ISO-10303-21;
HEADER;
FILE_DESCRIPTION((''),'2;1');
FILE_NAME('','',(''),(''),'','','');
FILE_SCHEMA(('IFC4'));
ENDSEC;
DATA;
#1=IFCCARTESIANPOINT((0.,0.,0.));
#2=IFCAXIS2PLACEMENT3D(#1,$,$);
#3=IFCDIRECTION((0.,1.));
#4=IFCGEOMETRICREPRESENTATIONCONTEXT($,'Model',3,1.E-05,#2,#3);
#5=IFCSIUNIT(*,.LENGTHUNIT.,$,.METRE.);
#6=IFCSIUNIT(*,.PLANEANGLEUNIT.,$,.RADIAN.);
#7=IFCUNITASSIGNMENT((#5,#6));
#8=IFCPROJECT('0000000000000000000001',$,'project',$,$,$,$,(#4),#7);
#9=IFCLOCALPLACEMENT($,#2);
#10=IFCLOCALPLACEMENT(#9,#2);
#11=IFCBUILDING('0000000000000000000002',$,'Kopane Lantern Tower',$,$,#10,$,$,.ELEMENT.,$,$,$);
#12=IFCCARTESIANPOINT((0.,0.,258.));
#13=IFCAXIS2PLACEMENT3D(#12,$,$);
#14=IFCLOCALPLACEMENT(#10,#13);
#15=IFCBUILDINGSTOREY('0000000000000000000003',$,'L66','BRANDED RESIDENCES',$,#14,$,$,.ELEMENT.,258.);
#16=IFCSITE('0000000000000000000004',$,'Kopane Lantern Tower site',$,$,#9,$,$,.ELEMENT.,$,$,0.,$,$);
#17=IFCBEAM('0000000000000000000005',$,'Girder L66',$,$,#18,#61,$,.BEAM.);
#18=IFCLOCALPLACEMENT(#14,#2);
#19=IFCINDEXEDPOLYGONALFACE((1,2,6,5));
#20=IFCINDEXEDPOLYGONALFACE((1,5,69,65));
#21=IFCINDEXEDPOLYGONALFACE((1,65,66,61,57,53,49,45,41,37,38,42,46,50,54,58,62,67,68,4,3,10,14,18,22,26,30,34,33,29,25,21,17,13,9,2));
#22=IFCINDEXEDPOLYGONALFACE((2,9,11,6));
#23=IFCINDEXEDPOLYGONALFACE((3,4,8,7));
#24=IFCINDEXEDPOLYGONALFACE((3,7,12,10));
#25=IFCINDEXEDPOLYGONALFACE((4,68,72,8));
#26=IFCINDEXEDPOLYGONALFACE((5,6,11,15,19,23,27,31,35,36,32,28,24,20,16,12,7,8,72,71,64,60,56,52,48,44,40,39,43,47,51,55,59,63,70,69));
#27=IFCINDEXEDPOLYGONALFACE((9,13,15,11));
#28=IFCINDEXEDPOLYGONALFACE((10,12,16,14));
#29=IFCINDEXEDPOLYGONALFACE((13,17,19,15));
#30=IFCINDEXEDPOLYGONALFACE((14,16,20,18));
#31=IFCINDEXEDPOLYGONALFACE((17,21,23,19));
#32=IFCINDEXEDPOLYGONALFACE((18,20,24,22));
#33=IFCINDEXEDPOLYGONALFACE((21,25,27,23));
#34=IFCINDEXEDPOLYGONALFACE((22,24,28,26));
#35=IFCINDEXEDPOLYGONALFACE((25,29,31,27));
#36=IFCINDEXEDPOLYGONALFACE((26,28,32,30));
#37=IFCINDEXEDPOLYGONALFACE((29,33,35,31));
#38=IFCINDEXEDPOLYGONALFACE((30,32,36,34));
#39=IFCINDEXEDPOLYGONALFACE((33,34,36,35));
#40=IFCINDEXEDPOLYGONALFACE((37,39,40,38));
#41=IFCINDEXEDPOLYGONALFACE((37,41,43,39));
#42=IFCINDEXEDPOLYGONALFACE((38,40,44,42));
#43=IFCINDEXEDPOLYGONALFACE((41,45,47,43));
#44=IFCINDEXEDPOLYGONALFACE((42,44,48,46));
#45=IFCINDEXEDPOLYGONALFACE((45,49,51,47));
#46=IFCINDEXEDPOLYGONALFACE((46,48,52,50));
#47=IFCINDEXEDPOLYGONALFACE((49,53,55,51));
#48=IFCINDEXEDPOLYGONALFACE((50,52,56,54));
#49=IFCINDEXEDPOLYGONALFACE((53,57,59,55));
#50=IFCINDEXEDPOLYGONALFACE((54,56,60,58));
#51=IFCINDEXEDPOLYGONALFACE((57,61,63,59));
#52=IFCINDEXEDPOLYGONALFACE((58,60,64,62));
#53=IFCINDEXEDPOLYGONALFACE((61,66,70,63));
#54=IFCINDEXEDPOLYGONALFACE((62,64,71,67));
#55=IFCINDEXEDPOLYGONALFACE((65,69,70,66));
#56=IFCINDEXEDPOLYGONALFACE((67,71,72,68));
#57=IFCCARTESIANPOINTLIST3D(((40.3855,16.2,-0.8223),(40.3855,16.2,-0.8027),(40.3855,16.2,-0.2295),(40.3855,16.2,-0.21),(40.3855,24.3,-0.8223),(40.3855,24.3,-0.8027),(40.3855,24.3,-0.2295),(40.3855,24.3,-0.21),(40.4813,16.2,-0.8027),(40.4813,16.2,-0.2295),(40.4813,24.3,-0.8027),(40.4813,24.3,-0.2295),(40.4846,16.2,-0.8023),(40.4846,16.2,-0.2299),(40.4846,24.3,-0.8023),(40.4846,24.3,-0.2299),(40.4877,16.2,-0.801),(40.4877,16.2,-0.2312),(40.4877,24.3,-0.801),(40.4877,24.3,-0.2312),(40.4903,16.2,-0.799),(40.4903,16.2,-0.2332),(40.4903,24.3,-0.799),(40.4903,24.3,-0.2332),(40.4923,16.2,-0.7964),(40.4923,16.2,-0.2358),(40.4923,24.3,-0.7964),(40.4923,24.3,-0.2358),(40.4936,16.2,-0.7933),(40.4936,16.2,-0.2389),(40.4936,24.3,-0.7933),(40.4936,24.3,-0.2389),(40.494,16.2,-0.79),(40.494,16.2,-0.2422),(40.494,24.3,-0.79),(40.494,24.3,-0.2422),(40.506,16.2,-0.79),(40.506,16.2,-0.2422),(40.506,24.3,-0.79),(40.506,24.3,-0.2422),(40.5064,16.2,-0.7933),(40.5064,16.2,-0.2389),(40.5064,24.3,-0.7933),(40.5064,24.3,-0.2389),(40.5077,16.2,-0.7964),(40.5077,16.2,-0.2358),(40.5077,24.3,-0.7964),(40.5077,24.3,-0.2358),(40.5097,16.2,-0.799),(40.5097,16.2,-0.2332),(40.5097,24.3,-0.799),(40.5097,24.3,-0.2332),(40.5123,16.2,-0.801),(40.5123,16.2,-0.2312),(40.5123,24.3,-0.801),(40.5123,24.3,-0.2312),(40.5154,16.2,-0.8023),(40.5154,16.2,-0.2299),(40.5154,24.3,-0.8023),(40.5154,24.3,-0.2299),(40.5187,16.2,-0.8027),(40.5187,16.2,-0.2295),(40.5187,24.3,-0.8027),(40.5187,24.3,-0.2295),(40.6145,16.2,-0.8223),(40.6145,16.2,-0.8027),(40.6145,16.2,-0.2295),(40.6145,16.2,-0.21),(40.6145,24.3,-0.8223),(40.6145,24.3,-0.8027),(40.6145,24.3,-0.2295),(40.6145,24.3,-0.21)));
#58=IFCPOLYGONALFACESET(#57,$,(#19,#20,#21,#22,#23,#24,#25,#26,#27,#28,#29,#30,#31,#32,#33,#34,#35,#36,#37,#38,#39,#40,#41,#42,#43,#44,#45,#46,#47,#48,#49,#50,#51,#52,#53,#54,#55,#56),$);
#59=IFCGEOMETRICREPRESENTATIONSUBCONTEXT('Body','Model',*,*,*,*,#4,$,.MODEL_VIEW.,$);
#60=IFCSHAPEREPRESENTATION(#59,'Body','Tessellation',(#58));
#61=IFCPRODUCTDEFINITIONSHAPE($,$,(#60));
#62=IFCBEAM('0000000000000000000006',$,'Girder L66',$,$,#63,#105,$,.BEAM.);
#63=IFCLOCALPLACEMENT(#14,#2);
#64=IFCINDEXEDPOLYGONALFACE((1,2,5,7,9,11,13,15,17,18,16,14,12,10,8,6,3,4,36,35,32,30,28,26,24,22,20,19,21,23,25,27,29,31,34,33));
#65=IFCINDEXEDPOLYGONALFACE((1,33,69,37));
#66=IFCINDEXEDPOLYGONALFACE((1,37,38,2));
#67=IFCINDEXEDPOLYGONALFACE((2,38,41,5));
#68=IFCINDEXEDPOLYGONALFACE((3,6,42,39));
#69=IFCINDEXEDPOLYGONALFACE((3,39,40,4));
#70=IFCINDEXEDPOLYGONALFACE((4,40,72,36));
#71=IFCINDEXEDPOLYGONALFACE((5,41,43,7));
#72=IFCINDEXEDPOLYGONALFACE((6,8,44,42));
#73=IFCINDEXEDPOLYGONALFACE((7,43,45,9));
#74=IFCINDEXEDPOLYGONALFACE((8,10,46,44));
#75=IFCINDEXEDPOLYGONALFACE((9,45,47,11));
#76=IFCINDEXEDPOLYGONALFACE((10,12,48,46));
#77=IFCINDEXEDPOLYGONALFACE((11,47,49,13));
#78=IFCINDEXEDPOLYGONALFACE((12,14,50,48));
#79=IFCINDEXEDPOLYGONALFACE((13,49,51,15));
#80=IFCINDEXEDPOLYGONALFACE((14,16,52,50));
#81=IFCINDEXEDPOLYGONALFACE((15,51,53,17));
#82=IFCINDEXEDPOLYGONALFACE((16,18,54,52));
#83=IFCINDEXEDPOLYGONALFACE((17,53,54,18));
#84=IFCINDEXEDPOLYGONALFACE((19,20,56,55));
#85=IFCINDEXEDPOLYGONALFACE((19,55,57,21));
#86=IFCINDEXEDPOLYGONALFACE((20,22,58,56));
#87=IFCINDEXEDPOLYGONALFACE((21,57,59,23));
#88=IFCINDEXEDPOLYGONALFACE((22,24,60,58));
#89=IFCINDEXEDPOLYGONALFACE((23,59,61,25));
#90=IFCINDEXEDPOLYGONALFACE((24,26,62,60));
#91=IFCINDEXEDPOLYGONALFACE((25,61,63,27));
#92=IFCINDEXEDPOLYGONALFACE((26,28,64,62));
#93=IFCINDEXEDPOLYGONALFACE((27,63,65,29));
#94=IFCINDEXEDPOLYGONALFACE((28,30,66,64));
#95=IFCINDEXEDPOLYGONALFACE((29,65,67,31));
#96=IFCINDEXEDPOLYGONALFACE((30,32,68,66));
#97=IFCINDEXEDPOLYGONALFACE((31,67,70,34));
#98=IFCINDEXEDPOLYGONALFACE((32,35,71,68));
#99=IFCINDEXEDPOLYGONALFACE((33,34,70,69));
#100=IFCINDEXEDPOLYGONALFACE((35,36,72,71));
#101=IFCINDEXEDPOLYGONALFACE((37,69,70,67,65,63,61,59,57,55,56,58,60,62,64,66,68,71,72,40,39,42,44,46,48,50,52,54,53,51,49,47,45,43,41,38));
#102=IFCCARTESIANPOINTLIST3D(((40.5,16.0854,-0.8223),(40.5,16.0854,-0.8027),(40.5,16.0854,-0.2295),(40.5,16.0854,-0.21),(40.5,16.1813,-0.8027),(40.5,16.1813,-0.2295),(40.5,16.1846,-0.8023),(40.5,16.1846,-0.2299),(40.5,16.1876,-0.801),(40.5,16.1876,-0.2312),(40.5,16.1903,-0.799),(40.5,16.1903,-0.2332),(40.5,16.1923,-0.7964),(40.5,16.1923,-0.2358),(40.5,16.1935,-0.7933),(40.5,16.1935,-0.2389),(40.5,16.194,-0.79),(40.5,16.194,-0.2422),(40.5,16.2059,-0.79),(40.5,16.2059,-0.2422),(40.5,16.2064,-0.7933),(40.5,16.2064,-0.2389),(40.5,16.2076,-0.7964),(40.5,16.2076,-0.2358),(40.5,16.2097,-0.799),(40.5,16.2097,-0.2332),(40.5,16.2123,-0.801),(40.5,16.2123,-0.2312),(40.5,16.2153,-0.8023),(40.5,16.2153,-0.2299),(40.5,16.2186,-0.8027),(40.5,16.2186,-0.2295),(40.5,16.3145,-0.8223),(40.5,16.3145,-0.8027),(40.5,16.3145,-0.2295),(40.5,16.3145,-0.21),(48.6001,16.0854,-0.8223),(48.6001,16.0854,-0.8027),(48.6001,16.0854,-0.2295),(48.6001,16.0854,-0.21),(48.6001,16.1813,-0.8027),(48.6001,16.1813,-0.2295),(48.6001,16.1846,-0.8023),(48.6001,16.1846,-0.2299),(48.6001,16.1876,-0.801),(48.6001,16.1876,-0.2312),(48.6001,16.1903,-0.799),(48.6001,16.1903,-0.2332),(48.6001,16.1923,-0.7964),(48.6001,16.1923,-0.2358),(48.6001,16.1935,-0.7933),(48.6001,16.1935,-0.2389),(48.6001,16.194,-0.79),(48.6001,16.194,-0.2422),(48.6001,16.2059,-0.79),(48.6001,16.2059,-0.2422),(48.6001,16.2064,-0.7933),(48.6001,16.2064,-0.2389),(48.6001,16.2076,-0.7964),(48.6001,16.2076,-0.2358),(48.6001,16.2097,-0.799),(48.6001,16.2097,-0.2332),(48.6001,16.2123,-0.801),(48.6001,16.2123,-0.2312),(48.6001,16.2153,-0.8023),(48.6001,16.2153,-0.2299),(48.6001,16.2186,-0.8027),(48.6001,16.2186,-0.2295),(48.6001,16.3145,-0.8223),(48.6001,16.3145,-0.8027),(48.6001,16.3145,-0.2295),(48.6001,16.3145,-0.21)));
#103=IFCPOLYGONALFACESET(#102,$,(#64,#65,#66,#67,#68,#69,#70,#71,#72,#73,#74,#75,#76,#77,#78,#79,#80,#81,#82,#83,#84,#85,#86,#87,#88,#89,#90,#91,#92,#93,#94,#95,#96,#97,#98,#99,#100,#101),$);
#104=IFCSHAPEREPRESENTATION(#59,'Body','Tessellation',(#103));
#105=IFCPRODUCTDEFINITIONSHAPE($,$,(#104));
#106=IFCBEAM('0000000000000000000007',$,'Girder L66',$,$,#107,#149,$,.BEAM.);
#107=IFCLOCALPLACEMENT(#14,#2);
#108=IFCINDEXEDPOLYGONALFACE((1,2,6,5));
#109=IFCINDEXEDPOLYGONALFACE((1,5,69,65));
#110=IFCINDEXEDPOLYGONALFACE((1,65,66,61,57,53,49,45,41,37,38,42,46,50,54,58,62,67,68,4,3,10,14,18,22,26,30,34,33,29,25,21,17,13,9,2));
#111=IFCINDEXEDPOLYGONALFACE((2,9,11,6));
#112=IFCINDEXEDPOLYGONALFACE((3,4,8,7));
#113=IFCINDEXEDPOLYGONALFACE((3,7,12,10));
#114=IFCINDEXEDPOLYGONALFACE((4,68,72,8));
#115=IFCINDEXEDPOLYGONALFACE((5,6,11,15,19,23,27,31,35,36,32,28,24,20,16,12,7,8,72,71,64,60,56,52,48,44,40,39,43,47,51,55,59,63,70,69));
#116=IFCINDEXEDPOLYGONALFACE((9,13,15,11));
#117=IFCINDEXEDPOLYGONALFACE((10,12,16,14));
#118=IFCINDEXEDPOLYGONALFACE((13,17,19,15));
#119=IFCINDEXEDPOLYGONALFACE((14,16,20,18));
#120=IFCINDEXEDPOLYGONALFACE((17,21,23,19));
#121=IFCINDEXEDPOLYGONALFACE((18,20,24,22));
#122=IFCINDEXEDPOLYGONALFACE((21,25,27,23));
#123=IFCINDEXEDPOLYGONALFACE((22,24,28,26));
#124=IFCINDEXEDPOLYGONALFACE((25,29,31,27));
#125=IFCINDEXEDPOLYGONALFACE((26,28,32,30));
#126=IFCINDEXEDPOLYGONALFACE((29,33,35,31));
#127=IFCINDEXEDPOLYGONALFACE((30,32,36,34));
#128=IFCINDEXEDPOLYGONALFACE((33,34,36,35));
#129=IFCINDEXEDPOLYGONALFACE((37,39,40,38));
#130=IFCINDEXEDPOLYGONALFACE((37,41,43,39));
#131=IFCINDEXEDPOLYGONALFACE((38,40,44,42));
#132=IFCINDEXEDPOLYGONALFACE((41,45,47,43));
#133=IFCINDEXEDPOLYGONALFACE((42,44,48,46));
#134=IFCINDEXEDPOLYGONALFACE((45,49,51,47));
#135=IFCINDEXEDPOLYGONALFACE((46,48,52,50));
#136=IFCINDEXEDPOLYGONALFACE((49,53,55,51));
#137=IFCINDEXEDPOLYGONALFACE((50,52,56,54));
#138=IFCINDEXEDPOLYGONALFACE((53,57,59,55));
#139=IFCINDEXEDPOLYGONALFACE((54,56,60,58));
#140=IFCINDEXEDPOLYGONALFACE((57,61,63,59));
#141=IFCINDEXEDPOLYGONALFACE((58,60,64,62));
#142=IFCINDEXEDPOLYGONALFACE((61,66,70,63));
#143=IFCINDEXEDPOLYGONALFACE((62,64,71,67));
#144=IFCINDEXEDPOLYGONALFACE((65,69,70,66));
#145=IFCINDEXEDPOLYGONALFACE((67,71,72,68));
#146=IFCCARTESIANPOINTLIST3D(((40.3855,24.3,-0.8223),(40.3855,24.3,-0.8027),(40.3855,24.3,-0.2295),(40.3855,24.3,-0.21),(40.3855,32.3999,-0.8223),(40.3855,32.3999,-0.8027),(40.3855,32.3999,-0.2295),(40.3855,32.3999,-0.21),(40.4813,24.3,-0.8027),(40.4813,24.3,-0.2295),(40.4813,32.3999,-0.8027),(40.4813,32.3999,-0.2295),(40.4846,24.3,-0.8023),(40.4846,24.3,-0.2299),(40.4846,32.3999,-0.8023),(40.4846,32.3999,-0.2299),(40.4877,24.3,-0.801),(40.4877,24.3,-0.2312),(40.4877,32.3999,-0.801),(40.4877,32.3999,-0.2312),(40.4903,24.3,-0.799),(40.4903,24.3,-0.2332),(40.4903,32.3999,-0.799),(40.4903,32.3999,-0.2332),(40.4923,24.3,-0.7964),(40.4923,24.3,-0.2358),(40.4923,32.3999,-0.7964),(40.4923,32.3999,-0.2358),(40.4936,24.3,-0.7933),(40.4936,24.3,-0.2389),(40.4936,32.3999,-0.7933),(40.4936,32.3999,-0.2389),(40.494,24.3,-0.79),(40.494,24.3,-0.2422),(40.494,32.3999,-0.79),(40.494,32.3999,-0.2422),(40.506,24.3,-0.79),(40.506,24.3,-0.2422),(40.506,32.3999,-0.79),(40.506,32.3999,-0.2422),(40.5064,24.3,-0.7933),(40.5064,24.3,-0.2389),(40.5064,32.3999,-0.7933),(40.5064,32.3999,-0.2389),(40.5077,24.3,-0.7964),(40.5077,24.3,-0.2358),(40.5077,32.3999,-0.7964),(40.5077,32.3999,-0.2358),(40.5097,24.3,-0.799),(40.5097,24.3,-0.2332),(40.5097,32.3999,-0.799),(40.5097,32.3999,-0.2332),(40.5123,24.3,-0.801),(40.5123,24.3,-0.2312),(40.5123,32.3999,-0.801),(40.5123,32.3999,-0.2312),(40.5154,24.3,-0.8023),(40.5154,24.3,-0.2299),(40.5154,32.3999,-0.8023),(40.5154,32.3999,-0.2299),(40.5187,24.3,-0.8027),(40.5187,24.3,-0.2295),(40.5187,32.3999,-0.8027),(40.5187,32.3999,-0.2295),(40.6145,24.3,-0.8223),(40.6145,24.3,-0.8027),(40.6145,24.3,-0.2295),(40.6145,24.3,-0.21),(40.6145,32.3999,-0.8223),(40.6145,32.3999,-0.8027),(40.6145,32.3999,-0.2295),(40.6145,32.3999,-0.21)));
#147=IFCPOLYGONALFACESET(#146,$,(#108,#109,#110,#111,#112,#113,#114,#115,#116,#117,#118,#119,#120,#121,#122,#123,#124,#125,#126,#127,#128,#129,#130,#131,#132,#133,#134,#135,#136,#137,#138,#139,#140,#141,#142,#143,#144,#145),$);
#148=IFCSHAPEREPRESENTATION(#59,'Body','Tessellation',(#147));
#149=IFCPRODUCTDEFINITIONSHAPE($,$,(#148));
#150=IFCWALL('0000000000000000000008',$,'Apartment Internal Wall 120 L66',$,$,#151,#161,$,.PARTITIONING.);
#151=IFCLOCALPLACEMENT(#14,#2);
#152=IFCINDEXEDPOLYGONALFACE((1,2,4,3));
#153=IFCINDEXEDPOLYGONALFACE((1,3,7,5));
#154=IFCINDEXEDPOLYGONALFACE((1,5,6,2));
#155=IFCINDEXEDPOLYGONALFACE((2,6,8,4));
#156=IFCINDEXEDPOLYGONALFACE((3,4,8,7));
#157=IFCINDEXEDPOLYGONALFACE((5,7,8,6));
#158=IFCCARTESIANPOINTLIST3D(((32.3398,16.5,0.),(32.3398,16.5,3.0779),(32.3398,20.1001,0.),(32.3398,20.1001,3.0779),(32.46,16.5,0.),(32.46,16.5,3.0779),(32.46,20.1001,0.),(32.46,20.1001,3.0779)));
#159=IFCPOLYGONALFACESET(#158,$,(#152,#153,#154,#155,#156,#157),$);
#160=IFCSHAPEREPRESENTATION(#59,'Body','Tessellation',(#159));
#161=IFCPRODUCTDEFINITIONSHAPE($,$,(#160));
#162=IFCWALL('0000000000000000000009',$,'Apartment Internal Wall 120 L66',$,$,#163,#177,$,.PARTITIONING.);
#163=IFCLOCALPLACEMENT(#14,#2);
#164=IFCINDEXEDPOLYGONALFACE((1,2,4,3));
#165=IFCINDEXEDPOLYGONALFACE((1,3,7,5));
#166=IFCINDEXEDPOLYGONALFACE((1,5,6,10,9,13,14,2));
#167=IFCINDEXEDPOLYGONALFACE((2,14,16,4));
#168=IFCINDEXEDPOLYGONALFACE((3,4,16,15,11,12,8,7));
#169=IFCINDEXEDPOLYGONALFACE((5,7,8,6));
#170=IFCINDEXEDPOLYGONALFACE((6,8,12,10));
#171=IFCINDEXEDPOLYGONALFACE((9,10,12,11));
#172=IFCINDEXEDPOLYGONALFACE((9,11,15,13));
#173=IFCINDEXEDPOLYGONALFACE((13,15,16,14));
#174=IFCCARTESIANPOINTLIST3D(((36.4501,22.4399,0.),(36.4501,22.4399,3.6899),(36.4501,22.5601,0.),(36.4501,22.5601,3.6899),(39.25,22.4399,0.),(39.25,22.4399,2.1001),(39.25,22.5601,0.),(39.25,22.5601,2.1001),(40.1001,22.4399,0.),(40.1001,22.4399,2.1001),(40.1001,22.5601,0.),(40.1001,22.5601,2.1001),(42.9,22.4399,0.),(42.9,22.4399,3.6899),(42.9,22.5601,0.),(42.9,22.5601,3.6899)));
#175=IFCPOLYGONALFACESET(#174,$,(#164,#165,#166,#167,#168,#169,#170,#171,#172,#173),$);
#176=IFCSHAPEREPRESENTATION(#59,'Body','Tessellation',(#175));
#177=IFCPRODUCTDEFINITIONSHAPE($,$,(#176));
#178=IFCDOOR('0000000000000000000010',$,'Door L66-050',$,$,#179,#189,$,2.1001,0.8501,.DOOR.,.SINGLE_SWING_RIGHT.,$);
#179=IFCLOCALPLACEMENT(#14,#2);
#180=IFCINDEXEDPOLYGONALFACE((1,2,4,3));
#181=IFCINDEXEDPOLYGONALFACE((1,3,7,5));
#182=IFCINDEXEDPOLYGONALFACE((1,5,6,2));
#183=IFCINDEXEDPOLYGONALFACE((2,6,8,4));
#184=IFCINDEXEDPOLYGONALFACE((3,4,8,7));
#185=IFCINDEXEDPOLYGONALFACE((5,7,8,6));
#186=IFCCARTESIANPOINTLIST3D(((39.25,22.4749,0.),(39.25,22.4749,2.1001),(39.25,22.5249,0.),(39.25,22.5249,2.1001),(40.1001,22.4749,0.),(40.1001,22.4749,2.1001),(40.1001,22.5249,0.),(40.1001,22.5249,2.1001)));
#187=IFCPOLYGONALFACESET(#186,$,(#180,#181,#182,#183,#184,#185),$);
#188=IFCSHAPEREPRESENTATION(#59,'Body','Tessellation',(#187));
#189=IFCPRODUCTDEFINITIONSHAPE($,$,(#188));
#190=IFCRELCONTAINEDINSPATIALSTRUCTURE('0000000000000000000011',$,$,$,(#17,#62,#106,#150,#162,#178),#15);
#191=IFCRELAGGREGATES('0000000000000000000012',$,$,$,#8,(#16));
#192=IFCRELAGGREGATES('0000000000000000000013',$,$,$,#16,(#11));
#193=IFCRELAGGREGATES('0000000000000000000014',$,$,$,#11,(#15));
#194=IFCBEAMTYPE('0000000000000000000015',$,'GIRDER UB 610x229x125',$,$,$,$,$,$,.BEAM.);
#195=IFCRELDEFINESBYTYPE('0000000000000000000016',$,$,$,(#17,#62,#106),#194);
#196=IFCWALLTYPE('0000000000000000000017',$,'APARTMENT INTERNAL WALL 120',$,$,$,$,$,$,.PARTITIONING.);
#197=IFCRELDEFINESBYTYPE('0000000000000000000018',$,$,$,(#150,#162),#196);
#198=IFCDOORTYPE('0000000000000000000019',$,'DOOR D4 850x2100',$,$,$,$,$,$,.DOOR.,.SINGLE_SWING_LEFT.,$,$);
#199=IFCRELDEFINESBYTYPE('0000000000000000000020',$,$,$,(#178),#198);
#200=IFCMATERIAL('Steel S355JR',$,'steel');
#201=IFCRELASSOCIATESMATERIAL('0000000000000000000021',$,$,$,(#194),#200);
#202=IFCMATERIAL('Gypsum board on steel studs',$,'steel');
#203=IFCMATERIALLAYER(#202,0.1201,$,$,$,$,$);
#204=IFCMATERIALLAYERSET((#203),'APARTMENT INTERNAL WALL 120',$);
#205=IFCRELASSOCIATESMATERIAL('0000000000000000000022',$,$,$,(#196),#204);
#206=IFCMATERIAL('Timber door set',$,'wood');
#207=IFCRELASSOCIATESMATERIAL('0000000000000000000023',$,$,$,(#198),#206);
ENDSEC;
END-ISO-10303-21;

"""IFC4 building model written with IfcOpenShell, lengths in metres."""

from ifc_helpers import new_model, si_unit, direction, frame, frame_2d, origin, origin_2d, place, context, subcontext, project, spatial, rectangle, i_section, extrude, material, layer, layer_set, material_profile, profile_set, type_object, element, fill, save


model = new_model("IFC4")

# Units and contexts
model_context = context("Model", 3, precision=1e-05, world=origin(), true_north=direction((0.0, 1.0)))
body_context = subcontext(model_context, "Body", "Model", "MODEL_VIEW")
ifc_project = project(units=[si_unit("LENGTHUNIT", "METRE"), si_unit("PLANEANGLEUNIT", "RADIAN")], contexts=[model_context])

# Site, building, storey
site_placement = place(None, origin())
site = spatial("IfcSite", under=ifc_project, at=site_placement, Name="Kopane Lantern Tower site", CompositionType="ELEMENT", RefElevation=0.0)
building_placement = place(site_placement, origin())
building = spatial("IfcBuilding", under=site, at=building_placement, Name="Kopane Lantern Tower", CompositionType="ELEMENT")
storey_placement = place(building_placement, frame((0.0, 0.0, 258.0)))
storey = spatial("IfcBuildingStorey", under=building, at=storey_placement, Name="L66", Description="BRANDED RESIDENCES", CompositionType="ELEMENT", Elevation=258.0)

# Beams
ifc_material_1 = material(Name="Steel S355JR", Category="steel")
ifc_material_profile_1 = material_profile(ifc_material_1, i_section(OverallWidth=0.229, OverallDepth=0.6123, WebThickness=0.012, FlangeThickness=0.0195, FilletRadius=0.0127, at=origin_2d()), Name="UB 610x229x125")
ifc_profile_set_1 = profile_set([ifc_material_profile_1], Name="Steel S355JR")
beam_type_1 = type_object("IfcBeamType", Name="GIRDER UB 610x229x125", PredefinedType="BEAM", material=ifc_profile_set_1)
for number, where, z_axis, x_axis, name in (
    (1, (40.5, 16.2, -0.5161), (0.0, 1.0, 0.0), (-1.0, 0.0, 0.0), "Girder L66"),
    (2, (40.5, 16.2, -0.5161), (1.0, 0.0, 0.0), (0.0, 1.0, 0.0), "Girder L66"),
):
    element("IfcBeam", number, at=place(storey_placement, frame(where, z_axis=z_axis, x_axis=x_axis)), inside=storey, type_object=beam_type_1, Name=name, PredefinedType="BEAM", context=body_context, shape_type="SweptSolid", body=[
        extrude(i_section(OverallWidth=0.229, OverallDepth=0.6123, WebThickness=0.012, FlangeThickness=0.0195, FilletRadius=0.0127, at=origin_2d()), origin(), (0.0, 0.0, 1.0), 8.1001),
    ])
beam_1_placement = place(storey_placement, frame((40.5, 24.3, -0.5161), z_axis=(0.0, 1.0, 0.0), x_axis=(-1.0, 0.0, 0.0)))
element("IfcBeam", 3, at=beam_1_placement, inside=storey, type_object=beam_type_1, Name="Girder L66", PredefinedType="BEAM", context=body_context, shape_type="SweptSolid", body=[
    extrude(i_section(OverallWidth=0.229, OverallDepth=0.6123, WebThickness=0.012, FlangeThickness=0.0195, FilletRadius=0.0127, at=origin_2d()), origin(), (0.0, 0.0, 1.0), 8.0999),
])

# Wall
ifc_material_2 = material(Name="Gypsum board on steel studs", Category="steel")
ifc_layer_1 = layer(ifc_material_2, 0.1201)
ifc_layer_set_1 = layer_set([ifc_layer_1], Name="APARTMENT INTERNAL WALL 120")
wall_type_1 = type_object("IfcWallType", Name="APARTMENT INTERNAL WALL 120", PredefinedType="PARTITIONING", material=ifc_layer_set_1)
wall_1_placement = place(storey_placement, frame((32.3999, 20.1001, 0.0), z_axis=(0.0, 0.0, 1.0), x_axis=(0.0, -1.0, 0.0)))
element("IfcWall", 4, at=wall_1_placement, inside=storey, type_object=wall_type_1, Name="Apartment Internal Wall 120 L66", PredefinedType="PARTITIONING", context=body_context, shape_type="SweptSolid", body=[
    extrude(rectangle(XDim=3.6001, YDim=0.1201, at=frame_2d((1.8, 0.0))), origin(), (0.0, 0.0, 1.0), 3.0779),
])

# Wall, opening, door
wall_2_placement = place(storey_placement, frame((36.45, 22.5, 0.0), z_axis=(0.0, 0.0, 1.0), x_axis=(1.0, 0.0, 0.0)))
wall_2 = element("IfcWall", 5, at=wall_2_placement, inside=storey, type_object=wall_type_1, Name="Apartment Internal Wall 120 L66", PredefinedType="PARTITIONING", context=body_context, shape_type="SweptSolid", body=[
    extrude(rectangle(XDim=6.45, YDim=0.1201, at=frame_2d((3.2251, 0.0))), origin(), (0.0, 0.0, 1.0), 3.6899),
])
opening_1_placement = place(wall_2_placement, frame((2.8, 0.0, 0.0)))
opening_1 = element("IfcOpeningElement", 6, at=opening_1_placement, cuts=wall_2, PredefinedType="OPENING", context=body_context, shape_type="SweptSolid", body=[
    extrude(rectangle(XDim=0.8501, YDim=2.1001, at=frame_2d((0.425, 1.05))), frame((0.0, 0.0701, 0.0), z_axis=(0.0, -1.0, 0.0), x_axis=(1.0, 0.0, 0.0)), (0.0, 0.0, 1.0), 0.1401),
])
ifc_material_3 = material(Name="Timber door set", Category="wood")
door_type_1 = type_object("IfcDoorType", Name="DOOR D4 850x2100", OperationType="SINGLE_SWING_LEFT", PredefinedType="DOOR", material=ifc_material_3)
door_1_placement = place(opening_1_placement, origin())
door_1 = element("IfcDoor", 7, at=door_1_placement, inside=storey, type_object=door_type_1, Name="Door L66-050", OperationType="SINGLE_SWING_RIGHT", OverallHeight=2.1001, OverallWidth=0.8501, PredefinedType="DOOR", context=body_context, shape_type="SweptSolid", body=[
    extrude(rectangle(XDim=0.8501, YDim=2.1001, at=frame_2d((0.425, 1.05))), frame((0.0, 0.0249, 0.0), z_axis=(0.0, -1.0, 0.0), x_axis=(1.0, 0.0, 0.0)), (0.0, 0.0, 1.0), 0.05),
])
fill(opening_1, door_1)

save(model, "model.ifc")
